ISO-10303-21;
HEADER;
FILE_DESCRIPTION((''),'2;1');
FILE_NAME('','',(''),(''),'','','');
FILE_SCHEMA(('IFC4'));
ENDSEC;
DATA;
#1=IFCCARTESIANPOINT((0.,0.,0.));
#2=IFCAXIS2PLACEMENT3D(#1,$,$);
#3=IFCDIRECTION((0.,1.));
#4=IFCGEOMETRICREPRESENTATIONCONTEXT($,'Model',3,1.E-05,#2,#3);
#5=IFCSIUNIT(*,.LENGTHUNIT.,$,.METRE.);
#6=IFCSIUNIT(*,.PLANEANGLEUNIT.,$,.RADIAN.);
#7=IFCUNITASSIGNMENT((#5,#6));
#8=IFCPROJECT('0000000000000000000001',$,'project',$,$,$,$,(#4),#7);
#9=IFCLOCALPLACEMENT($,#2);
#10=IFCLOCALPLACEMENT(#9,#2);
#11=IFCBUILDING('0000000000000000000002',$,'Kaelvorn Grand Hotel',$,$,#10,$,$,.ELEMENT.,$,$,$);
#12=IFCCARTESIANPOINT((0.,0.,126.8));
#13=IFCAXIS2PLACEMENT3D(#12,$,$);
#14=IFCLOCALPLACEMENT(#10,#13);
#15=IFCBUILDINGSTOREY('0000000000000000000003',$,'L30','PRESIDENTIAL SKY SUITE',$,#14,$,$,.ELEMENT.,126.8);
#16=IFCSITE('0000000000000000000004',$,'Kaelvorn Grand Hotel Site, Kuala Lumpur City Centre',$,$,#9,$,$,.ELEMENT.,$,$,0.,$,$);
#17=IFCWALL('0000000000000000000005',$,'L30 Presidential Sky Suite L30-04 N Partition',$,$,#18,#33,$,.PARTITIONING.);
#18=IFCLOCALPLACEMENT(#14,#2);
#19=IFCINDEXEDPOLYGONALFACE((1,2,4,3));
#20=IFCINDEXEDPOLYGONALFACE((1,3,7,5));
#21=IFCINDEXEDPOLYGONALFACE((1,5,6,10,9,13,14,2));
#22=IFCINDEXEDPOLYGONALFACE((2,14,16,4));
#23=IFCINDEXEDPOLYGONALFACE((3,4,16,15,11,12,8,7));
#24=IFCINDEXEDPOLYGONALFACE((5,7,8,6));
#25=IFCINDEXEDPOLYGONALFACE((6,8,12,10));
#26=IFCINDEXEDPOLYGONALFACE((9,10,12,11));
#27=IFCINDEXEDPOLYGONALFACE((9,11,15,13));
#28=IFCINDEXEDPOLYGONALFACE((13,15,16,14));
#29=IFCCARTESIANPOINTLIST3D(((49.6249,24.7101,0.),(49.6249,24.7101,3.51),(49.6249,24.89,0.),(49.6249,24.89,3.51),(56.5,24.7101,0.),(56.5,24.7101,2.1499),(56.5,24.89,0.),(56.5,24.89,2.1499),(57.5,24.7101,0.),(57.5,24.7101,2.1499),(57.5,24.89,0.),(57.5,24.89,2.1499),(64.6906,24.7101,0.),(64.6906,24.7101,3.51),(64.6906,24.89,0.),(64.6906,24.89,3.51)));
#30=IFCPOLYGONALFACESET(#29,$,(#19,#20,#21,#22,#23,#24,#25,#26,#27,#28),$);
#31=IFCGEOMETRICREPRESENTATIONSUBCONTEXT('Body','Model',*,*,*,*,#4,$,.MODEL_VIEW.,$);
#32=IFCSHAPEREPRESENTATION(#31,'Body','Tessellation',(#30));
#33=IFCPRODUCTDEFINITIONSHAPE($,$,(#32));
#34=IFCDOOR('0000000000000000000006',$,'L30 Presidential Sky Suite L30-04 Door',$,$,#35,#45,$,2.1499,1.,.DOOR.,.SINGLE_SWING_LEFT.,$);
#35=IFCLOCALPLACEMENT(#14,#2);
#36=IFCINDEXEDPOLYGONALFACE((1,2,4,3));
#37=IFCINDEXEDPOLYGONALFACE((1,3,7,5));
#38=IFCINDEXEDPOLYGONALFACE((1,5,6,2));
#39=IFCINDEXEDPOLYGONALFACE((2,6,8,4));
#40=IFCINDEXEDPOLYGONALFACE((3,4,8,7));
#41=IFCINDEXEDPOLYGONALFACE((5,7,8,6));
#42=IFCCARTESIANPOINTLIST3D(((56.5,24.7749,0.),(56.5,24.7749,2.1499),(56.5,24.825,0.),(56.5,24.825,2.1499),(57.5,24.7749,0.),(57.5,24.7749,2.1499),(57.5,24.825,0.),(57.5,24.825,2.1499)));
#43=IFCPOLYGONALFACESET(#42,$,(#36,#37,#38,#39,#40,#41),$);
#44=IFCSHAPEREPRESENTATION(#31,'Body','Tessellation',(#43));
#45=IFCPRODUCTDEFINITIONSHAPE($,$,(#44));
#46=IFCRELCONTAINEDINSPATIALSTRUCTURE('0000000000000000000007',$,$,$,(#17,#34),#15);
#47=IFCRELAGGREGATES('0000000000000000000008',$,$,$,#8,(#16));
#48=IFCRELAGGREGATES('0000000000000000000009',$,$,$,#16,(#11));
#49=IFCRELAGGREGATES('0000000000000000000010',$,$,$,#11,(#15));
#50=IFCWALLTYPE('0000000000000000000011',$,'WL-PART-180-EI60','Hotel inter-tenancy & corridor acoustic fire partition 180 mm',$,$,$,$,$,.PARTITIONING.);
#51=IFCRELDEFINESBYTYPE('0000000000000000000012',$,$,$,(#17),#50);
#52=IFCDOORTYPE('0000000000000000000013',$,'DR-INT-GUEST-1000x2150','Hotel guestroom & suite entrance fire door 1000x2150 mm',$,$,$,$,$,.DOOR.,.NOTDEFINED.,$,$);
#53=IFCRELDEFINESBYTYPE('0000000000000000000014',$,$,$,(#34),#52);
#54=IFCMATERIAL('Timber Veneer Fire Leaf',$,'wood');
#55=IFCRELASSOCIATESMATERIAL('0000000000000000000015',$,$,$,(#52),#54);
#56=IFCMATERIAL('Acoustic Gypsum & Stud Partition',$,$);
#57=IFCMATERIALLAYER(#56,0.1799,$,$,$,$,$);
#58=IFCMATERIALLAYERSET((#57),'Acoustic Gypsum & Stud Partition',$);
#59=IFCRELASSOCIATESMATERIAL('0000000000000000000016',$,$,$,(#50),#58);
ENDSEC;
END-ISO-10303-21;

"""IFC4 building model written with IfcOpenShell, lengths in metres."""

from ifc_helpers import new_model, si_unit, direction, frame, frame_2d, origin, place, context, subcontext, project, spatial, rectangle, extrude, material, layer, layer_set, type_object, element, fill, save


model = new_model("IFC4")

# Units and contexts
model_context = context("Model", 3, precision=1e-05, world=origin(), true_north=direction((0.0, 1.0)))
body_context = subcontext(model_context, "Body", "Model", "MODEL_VIEW")
ifc_project = project(units=[si_unit("LENGTHUNIT", "METRE"), si_unit("PLANEANGLEUNIT", "RADIAN")], contexts=[model_context])

# Site, building, storey
site_placement = place(None, origin())
site = spatial("IfcSite", under=ifc_project, at=site_placement, Name="Kaelvorn Grand Hotel Site, Kuala Lumpur City Centre", CompositionType="ELEMENT", RefElevation=0.0)
building_placement = place(site_placement, origin())
building = spatial("IfcBuilding", under=site, at=building_placement, Name="Kaelvorn Grand Hotel", CompositionType="ELEMENT")
storey_placement = place(building_placement, frame((0.0, 0.0, 126.8)))
storey = spatial("IfcBuildingStorey", under=building, at=storey_placement, Name="L30", Description="PRESIDENTIAL SKY SUITE", CompositionType="ELEMENT", Elevation=126.8)

# Shared definitions
ifc_material_1 = material(Name="Acoustic Gypsum & Stud Partition")
ifc_material_2 = material(Name="Timber Veneer Fire Leaf", Category="wood")
door_type_1 = type_object("IfcDoorType", Name="DR-INT-GUEST-1000x2150", Description="Hotel guestroom & suite entrance fire door 1000x2150 mm", OperationType="NOTDEFINED", PredefinedType="DOOR", material=ifc_material_2)

# Wall, opening, door
ifc_layer_1 = layer(ifc_material_1, 0.1799)
ifc_layer_set_1 = layer_set([ifc_layer_1], Name="Acoustic Gypsum & Stud Partition")
wall_type_1 = type_object("IfcWallType", Name="WL-PART-180-EI60", Description="Hotel inter-tenancy & corridor acoustic fire partition 180 mm", PredefinedType="PARTITIONING", material=ifc_layer_set_1)
wall_1_placement = place(storey_placement, frame((49.625, 24.8, 0.0), z_axis=(0.0, 0.0, 1.0), x_axis=(1.0, 0.0, 0.0)))
wall_1 = element("IfcWall", 1, at=wall_1_placement, inside=storey, type_object=wall_type_1, Name="L30 Presidential Sky Suite L30-04 N Partition", PredefinedType="PARTITIONING", context=body_context, shape_type="SweptSolid", body=[
    extrude(rectangle(XDim=15.0657, YDim=0.1799, at=frame_2d((7.5327, 0.0))), origin(), (0.0, 0.0, 1.0), 3.51),
])
opening_1_placement = place(wall_1_placement, frame((6.875, 0.0, 0.0)))
opening_1 = element("IfcOpeningElement", 2, at=opening_1_placement, cuts=wall_1, PredefinedType="OPENING", context=body_context, shape_type="SweptSolid", body=[
    extrude(rectangle(XDim=1.0, YDim=2.1499, at=frame_2d((0.5, 1.075))), frame((0.0, 0.1001, 0.0), z_axis=(0.0, -1.0, 0.0), x_axis=(1.0, 0.0, 0.0)), (0.0, 0.0, 1.0), 0.2),
])
door_1_placement = place(opening_1_placement, origin())
door_1 = element("IfcDoor", 3, at=door_1_placement, inside=storey, type_object=door_type_1, Name="L30 Presidential Sky Suite L30-04 Door", OperationType="SINGLE_SWING_LEFT", OverallHeight=2.1499, OverallWidth=1.0, PredefinedType="DOOR", context=body_context, shape_type="SweptSolid", body=[
    extrude(rectangle(XDim=1.0, YDim=2.1499, at=frame_2d((0.5, 1.075))), frame((0.0, 0.0249, 0.0), z_axis=(0.0, -1.0, 0.0), x_axis=(1.0, 0.0, 0.0)), (0.0, 0.0, 1.0), 0.05),
])
fill(opening_1, door_1)

save(model, "model.ifc")
